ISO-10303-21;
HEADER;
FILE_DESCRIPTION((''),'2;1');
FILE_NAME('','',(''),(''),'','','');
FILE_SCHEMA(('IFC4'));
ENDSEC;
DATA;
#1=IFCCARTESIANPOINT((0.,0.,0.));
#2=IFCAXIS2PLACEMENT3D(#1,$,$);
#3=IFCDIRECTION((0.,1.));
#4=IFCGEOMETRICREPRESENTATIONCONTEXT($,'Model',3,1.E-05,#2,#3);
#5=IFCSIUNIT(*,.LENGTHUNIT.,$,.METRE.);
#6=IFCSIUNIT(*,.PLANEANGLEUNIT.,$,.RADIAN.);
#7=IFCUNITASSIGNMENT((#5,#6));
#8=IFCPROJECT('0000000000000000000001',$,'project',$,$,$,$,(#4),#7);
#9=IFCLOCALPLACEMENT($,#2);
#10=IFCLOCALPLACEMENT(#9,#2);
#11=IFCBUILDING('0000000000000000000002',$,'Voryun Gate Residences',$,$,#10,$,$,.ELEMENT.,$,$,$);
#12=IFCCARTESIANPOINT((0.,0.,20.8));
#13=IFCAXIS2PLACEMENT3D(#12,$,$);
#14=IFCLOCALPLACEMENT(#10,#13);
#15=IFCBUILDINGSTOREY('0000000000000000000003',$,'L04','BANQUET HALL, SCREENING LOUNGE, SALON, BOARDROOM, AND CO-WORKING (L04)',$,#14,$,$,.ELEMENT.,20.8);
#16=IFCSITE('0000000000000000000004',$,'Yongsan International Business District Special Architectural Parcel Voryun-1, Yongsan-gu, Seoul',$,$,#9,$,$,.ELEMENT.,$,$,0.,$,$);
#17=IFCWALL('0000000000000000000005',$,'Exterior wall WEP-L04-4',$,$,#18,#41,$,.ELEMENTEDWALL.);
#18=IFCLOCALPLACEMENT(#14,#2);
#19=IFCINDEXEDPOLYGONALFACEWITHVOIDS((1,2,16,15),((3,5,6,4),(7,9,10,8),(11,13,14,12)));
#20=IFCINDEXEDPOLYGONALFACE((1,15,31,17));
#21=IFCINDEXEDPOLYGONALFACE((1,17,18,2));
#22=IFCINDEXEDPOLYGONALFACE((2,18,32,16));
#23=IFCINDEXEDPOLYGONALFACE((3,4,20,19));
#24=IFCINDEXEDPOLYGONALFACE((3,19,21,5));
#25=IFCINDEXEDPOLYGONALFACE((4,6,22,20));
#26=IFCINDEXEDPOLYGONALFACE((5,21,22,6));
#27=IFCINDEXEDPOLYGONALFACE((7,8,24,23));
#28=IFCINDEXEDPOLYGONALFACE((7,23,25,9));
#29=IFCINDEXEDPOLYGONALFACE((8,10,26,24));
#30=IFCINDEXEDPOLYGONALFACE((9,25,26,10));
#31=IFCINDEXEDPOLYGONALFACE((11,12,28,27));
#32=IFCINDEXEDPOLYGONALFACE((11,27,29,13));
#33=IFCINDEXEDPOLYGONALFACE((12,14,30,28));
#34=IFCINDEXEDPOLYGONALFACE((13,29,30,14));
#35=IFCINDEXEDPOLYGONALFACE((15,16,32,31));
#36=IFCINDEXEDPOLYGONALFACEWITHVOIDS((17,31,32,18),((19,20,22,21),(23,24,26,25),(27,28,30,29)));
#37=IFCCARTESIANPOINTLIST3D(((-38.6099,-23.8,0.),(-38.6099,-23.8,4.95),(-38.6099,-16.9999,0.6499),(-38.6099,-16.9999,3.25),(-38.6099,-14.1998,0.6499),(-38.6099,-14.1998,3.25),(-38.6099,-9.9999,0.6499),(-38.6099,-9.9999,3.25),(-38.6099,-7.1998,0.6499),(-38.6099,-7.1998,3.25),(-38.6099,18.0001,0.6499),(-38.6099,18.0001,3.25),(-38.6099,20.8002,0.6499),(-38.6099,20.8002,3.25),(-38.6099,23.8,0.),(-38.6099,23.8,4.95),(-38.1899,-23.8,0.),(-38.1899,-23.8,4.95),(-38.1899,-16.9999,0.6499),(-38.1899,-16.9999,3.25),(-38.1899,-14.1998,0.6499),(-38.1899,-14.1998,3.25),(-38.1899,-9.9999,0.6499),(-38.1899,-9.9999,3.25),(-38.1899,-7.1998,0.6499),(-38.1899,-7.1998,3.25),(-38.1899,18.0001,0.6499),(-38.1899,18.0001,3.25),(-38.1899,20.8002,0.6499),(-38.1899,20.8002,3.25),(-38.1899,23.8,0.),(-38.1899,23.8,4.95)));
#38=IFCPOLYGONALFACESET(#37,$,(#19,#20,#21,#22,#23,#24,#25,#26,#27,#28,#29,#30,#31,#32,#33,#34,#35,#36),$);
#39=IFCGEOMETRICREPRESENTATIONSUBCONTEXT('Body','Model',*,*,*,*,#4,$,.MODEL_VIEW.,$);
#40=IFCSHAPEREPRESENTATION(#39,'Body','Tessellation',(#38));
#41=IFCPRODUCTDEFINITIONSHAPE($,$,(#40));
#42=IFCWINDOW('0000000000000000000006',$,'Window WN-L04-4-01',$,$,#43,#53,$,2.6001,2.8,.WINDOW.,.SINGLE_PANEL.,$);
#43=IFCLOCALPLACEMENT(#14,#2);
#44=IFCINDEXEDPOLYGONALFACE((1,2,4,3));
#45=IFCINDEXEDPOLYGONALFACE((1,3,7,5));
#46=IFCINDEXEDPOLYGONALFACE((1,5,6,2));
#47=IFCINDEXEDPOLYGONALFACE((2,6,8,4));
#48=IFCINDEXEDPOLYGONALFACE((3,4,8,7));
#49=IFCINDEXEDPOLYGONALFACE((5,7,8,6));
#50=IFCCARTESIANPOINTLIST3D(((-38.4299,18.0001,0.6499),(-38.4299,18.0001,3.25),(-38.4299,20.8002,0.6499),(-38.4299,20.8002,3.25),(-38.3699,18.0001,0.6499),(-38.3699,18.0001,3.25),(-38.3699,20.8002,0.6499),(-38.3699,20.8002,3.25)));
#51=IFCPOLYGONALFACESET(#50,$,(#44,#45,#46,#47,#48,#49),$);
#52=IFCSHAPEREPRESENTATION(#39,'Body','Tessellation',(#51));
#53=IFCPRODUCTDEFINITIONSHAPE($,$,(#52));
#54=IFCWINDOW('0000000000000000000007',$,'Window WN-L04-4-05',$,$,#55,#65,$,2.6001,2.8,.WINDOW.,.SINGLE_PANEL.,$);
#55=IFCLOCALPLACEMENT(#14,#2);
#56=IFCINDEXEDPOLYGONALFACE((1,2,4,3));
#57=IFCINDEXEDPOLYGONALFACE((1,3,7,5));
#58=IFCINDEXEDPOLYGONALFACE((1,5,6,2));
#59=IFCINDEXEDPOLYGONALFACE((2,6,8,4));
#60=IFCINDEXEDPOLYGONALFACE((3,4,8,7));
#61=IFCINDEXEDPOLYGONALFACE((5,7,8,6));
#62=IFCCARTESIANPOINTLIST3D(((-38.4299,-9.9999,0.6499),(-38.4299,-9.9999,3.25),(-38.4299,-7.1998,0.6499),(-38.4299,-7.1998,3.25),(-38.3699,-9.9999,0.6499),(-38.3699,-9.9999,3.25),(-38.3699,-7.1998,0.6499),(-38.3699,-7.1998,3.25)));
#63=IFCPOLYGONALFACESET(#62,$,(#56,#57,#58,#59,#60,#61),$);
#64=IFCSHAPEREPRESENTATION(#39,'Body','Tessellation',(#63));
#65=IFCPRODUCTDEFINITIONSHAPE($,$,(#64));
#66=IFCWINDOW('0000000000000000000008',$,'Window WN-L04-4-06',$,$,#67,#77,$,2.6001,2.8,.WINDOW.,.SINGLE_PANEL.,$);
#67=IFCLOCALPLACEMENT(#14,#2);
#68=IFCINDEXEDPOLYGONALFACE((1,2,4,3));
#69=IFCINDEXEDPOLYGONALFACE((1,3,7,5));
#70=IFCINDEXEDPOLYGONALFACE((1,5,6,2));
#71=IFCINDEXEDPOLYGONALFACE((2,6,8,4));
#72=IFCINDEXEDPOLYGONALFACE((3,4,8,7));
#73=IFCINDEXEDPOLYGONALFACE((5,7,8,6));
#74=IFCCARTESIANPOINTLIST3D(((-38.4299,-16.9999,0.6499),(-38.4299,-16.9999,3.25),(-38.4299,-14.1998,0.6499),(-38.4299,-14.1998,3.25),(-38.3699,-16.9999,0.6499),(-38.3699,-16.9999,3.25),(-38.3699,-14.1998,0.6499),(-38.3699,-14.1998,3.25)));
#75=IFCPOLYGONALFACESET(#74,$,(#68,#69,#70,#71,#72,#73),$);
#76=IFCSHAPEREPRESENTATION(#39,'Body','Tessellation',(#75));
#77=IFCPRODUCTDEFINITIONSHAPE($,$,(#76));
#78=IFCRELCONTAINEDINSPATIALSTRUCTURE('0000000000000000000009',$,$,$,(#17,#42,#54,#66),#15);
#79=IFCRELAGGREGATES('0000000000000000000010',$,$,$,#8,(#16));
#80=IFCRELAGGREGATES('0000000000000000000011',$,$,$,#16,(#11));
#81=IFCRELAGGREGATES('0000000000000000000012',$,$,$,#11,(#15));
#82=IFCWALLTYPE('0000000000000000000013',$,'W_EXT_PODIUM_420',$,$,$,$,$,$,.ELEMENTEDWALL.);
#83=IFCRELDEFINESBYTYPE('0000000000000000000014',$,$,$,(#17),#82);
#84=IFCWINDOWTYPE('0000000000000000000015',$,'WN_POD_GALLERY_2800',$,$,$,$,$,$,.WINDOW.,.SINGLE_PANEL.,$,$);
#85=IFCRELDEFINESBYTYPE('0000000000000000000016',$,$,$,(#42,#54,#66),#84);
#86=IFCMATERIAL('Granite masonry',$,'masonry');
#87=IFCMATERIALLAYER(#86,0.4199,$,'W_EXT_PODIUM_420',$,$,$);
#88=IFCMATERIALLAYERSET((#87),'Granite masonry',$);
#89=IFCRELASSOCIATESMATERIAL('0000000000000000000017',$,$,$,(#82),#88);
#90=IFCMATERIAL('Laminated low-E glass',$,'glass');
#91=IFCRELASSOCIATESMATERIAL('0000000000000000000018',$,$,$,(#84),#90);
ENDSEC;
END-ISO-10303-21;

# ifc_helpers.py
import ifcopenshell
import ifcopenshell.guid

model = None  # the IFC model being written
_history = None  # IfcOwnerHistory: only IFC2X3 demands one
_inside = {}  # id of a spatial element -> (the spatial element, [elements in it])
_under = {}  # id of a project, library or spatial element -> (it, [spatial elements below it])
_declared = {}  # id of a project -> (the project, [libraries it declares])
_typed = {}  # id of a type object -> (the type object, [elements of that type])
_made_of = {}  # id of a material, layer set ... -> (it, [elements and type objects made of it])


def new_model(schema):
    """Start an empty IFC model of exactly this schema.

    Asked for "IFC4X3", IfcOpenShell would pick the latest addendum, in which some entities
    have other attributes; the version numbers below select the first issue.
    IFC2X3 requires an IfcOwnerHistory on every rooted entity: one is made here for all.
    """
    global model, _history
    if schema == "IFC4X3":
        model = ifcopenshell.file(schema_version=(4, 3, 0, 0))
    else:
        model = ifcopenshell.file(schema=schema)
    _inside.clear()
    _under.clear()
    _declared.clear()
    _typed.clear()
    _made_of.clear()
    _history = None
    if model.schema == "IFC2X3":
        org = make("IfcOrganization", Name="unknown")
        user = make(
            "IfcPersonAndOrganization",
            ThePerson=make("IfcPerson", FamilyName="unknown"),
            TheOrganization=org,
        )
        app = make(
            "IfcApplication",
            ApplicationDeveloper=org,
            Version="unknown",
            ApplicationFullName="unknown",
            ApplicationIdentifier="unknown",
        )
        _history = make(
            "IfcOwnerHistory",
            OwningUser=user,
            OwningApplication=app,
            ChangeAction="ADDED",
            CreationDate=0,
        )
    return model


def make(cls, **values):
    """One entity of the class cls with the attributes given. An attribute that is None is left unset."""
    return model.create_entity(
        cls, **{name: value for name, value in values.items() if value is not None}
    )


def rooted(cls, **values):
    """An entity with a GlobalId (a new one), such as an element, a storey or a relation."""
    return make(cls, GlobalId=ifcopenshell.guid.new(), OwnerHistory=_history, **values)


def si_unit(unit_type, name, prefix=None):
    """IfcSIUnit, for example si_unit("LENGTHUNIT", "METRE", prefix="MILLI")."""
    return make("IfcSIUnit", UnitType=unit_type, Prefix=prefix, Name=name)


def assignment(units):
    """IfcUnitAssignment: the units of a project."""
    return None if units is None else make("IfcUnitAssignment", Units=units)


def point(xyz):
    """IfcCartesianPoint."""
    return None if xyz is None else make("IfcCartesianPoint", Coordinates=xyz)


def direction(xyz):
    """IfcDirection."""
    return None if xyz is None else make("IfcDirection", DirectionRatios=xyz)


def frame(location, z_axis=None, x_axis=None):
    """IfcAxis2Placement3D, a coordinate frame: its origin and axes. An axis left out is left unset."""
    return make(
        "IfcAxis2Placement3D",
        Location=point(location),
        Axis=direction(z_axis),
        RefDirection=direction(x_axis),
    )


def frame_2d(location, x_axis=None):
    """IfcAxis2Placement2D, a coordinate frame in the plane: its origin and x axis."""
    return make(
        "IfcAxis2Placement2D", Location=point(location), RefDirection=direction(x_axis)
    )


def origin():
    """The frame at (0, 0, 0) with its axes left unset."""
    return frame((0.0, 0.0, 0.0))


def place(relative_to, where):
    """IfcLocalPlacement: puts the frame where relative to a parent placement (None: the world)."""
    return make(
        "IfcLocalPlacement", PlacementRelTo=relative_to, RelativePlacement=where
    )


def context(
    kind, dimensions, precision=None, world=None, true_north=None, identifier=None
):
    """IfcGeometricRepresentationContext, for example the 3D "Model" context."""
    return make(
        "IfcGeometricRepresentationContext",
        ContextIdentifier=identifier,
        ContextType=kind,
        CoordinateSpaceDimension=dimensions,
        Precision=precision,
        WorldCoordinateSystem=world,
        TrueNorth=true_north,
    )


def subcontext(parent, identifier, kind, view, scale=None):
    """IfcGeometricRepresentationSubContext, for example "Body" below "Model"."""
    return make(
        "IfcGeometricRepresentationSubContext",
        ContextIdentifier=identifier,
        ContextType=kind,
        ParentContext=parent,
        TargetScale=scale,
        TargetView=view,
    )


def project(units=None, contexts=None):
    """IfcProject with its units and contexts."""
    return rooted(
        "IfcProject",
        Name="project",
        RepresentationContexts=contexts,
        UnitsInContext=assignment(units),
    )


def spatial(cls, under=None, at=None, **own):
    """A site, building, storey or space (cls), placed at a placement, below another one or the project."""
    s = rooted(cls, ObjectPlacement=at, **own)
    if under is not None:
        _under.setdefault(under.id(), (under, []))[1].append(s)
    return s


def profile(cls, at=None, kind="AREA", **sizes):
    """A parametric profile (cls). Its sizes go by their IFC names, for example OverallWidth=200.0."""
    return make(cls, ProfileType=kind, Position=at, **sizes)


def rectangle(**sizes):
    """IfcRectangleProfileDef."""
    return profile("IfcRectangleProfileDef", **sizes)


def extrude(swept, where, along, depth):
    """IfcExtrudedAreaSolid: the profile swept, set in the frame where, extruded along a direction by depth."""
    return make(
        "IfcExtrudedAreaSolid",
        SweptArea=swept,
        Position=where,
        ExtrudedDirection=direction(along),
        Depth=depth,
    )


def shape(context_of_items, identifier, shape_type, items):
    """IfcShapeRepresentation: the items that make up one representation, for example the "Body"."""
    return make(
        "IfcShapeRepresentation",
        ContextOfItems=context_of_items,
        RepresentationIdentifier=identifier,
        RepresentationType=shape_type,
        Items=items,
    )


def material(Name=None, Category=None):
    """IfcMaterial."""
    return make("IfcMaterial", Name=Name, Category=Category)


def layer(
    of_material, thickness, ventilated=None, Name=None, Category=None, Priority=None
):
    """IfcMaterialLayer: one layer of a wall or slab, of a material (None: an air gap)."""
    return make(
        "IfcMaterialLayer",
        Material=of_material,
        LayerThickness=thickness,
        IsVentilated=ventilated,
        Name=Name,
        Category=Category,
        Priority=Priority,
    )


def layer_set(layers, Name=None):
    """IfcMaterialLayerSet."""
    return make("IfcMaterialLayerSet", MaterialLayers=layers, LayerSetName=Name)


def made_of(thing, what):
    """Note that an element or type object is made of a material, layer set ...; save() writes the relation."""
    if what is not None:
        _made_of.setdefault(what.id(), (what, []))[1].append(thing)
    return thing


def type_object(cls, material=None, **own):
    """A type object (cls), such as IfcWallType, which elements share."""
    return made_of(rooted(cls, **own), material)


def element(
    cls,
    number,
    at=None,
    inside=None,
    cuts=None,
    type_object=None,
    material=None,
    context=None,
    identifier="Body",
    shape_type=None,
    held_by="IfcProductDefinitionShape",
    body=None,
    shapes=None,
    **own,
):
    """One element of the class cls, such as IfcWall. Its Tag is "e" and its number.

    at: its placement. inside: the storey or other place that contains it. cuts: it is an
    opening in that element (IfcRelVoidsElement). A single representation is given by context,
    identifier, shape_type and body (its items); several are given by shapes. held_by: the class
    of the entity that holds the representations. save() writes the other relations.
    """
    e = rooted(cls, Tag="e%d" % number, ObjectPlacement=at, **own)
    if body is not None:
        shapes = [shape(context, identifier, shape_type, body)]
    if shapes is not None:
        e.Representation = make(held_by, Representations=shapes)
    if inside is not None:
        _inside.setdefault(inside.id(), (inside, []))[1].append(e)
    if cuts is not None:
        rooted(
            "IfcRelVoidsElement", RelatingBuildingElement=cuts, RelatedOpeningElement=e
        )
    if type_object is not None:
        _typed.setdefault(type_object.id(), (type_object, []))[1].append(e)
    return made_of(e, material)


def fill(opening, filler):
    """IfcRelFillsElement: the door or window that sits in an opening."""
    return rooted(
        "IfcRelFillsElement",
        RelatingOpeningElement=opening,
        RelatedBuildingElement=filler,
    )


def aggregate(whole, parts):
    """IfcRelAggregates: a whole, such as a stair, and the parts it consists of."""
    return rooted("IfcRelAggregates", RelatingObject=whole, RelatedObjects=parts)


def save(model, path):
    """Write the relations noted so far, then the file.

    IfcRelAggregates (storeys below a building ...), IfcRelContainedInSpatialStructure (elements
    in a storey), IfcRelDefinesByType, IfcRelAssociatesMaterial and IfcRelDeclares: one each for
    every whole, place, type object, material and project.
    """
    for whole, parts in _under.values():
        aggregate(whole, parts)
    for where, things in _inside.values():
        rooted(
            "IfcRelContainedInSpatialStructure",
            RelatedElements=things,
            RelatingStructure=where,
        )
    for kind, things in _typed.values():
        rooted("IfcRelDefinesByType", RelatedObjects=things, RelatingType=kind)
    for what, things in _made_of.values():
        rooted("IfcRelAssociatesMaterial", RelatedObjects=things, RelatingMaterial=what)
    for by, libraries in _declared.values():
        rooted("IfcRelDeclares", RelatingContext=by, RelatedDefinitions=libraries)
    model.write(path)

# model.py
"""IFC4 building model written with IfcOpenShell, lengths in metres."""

from ifc_helpers import new_model, si_unit, direction, frame, frame_2d, origin, place, context, subcontext, project, spatial, rectangle, extrude, material, layer, layer_set, type_object, element, fill, save


model = new_model("IFC4")

# Units and contexts
model_context = context("Model", 3, precision=1e-05, world=origin(), true_north=direction((0.0, 1.0)))
body_context = subcontext(model_context, "Body", "Model", "MODEL_VIEW")
ifc_project = project(units=[si_unit("LENGTHUNIT", "METRE"), si_unit("PLANEANGLEUNIT", "RADIAN")], contexts=[model_context])

# Site, building, storey
site_placement = place(None, origin())
site = spatial("IfcSite", under=ifc_project, at=site_placement, Name="Yongsan International Business District Special Architectural Parcel Voryun-1, Yongsan-gu, Seoul", CompositionType="ELEMENT", RefElevation=0.0)
building_placement = place(site_placement, origin())
building = spatial("IfcBuilding", under=site, at=building_placement, Name="Voryun Gate Residences", CompositionType="ELEMENT")
storey_placement = place(building_placement, frame((0.0, 0.0, 20.8)))
storey = spatial("IfcBuildingStorey", under=building, at=storey_placement, Name="L04", Description="BANQUET HALL, SCREENING LOUNGE, SALON, BOARDROOM, AND CO-WORKING (L04)", CompositionType="ELEMENT", Elevation=20.8)

# Shared definitions
ifc_material_1 = material(Name="Granite masonry", Category="masonry")
ifc_layer_1 = layer(ifc_material_1, 0.4199, Name="W_EXT_PODIUM_420")
ifc_layer_set_1 = layer_set([ifc_layer_1], Name="Granite masonry")
wall_type = type_object("IfcWallType", Name="W_EXT_PODIUM_420", PredefinedType="ELEMENTEDWALL", material=ifc_layer_set_1)

# Wall, openings, windows
wall_1_placement = place(storey_placement, frame((-38.3999, 23.8, 0.0), z_axis=(0.0, 0.0, 1.0), x_axis=(0.0, -1.0, 0.0)))
wall_1 = element("IfcWall", 1, at=wall_1_placement, inside=storey, type_object=wall_type, Name="Exterior wall WEP-L04-4", PredefinedType="ELEMENTEDWALL", context=body_context, shape_type="SweptSolid", body=[
    extrude(rectangle(XDim=47.6001, YDim=0.4199, at=frame_2d((23.8, 0.0))), origin(), (0.0, 0.0, 1.0), 4.95),
])
opening_1_placement = place(wall_1_placement, frame((3.0, 0.0, 0.6499)))
opening_1 = element("IfcOpeningElement", 2, at=opening_1_placement, cuts=wall_1, PredefinedType="OPENING", context=body_context, shape_type="SweptSolid", body=[
    extrude(rectangle(XDim=2.8, YDim=2.6001, at=frame_2d((1.3999, 1.3))), frame((0.0, 0.22, 0.0), z_axis=(0.0, -1.0, 0.0), x_axis=(1.0, 0.0, 0.0)), (0.0, 0.0, 1.0), 0.4399),
])
opening_2_placement = place(wall_1_placement, frame((31.0, 0.0, 0.6499)))
opening_2 = element("IfcOpeningElement", 3, at=opening_2_placement, cuts=wall_1, PredefinedType="OPENING", context=body_context, shape_type="SweptSolid", body=[
    extrude(rectangle(XDim=2.8, YDim=2.6001, at=frame_2d((1.3999, 1.3))), frame((0.0, 0.22, 0.0), z_axis=(0.0, -1.0, 0.0), x_axis=(1.0, 0.0, 0.0)), (0.0, 0.0, 1.0), 0.4399),
])
opening_3_placement = place(wall_1_placement, frame((38.0, 0.0, 0.6499)))
opening_3 = element("IfcOpeningElement", 4, at=opening_3_placement, cuts=wall_1, PredefinedType="OPENING", context=body_context, shape_type="SweptSolid", body=[
    extrude(rectangle(XDim=2.8, YDim=2.6001, at=frame_2d((1.3999, 1.3))), frame((0.0, 0.22, 0.0), z_axis=(0.0, -1.0, 0.0), x_axis=(1.0, 0.0, 0.0)), (0.0, 0.0, 1.0), 0.4399),
])
ifc_material_2 = material(Name="Laminated low-E glass", Category="glass")
window_type = type_object("IfcWindowType", Name="WN_POD_GALLERY_2800", PartitioningType="SINGLE_PANEL", PredefinedType="WINDOW", material=ifc_material_2)
window_1_placement = place(opening_1_placement, origin())
window_1 = element("IfcWindow", 5, at=window_1_placement, inside=storey, type_object=window_type, Name="Window WN-L04-4-01", OverallHeight=2.6001, OverallWidth=2.8, PartitioningType="SINGLE_PANEL", PredefinedType="WINDOW", context=body_context, shape_type="SweptSolid", body=[
    extrude(rectangle(XDim=2.8, YDim=2.6001, at=frame_2d((1.3999, 1.3))), frame((0.0, 0.03, 0.0), z_axis=(0.0, -1.0, 0.0), x_axis=(1.0, 0.0, 0.0)), (0.0, 0.0, 1.0), 0.0601),
])
fill(opening_1, window_1)
window_2_placement = place(opening_2_placement, origin())
window_2 = element("IfcWindow", 6, at=window_2_placement, inside=storey, type_object=window_type, Name="Window WN-L04-4-05", OverallHeight=2.6001, OverallWidth=2.8, PartitioningType="SINGLE_PANEL", PredefinedType="WINDOW", context=body_context, shape_type="SweptSolid", body=[
    extrude(rectangle(XDim=2.8, YDim=2.6001, at=frame_2d((1.3999, 1.3))), frame((0.0, 0.03, 0.0), z_axis=(0.0, -1.0, 0.0), x_axis=(1.0, 0.0, 0.0)), (0.0, 0.0, 1.0), 0.0601),
])
fill(opening_2, window_2)
window_3_placement = place(opening_3_placement, origin())
window_3 = element("IfcWindow", 7, at=window_3_placement, inside=storey, type_object=window_type, Name="Window WN-L04-4-06", OverallHeight=2.6001, OverallWidth=2.8, PartitioningType="SINGLE_PANEL", PredefinedType="WINDOW", context=body_context, shape_type="SweptSolid", body=[
    extrude(rectangle(XDim=2.8, YDim=2.6001, at=frame_2d((1.3999, 1.3))), frame((0.0, 0.03, 0.0), z_axis=(0.0, -1.0, 0.0), x_axis=(1.0, 0.0, 0.0)), (0.0, 0.0, 1.0), 0.0601),
])
fill(opening_3, window_3)

save(model, "model.ifc")
